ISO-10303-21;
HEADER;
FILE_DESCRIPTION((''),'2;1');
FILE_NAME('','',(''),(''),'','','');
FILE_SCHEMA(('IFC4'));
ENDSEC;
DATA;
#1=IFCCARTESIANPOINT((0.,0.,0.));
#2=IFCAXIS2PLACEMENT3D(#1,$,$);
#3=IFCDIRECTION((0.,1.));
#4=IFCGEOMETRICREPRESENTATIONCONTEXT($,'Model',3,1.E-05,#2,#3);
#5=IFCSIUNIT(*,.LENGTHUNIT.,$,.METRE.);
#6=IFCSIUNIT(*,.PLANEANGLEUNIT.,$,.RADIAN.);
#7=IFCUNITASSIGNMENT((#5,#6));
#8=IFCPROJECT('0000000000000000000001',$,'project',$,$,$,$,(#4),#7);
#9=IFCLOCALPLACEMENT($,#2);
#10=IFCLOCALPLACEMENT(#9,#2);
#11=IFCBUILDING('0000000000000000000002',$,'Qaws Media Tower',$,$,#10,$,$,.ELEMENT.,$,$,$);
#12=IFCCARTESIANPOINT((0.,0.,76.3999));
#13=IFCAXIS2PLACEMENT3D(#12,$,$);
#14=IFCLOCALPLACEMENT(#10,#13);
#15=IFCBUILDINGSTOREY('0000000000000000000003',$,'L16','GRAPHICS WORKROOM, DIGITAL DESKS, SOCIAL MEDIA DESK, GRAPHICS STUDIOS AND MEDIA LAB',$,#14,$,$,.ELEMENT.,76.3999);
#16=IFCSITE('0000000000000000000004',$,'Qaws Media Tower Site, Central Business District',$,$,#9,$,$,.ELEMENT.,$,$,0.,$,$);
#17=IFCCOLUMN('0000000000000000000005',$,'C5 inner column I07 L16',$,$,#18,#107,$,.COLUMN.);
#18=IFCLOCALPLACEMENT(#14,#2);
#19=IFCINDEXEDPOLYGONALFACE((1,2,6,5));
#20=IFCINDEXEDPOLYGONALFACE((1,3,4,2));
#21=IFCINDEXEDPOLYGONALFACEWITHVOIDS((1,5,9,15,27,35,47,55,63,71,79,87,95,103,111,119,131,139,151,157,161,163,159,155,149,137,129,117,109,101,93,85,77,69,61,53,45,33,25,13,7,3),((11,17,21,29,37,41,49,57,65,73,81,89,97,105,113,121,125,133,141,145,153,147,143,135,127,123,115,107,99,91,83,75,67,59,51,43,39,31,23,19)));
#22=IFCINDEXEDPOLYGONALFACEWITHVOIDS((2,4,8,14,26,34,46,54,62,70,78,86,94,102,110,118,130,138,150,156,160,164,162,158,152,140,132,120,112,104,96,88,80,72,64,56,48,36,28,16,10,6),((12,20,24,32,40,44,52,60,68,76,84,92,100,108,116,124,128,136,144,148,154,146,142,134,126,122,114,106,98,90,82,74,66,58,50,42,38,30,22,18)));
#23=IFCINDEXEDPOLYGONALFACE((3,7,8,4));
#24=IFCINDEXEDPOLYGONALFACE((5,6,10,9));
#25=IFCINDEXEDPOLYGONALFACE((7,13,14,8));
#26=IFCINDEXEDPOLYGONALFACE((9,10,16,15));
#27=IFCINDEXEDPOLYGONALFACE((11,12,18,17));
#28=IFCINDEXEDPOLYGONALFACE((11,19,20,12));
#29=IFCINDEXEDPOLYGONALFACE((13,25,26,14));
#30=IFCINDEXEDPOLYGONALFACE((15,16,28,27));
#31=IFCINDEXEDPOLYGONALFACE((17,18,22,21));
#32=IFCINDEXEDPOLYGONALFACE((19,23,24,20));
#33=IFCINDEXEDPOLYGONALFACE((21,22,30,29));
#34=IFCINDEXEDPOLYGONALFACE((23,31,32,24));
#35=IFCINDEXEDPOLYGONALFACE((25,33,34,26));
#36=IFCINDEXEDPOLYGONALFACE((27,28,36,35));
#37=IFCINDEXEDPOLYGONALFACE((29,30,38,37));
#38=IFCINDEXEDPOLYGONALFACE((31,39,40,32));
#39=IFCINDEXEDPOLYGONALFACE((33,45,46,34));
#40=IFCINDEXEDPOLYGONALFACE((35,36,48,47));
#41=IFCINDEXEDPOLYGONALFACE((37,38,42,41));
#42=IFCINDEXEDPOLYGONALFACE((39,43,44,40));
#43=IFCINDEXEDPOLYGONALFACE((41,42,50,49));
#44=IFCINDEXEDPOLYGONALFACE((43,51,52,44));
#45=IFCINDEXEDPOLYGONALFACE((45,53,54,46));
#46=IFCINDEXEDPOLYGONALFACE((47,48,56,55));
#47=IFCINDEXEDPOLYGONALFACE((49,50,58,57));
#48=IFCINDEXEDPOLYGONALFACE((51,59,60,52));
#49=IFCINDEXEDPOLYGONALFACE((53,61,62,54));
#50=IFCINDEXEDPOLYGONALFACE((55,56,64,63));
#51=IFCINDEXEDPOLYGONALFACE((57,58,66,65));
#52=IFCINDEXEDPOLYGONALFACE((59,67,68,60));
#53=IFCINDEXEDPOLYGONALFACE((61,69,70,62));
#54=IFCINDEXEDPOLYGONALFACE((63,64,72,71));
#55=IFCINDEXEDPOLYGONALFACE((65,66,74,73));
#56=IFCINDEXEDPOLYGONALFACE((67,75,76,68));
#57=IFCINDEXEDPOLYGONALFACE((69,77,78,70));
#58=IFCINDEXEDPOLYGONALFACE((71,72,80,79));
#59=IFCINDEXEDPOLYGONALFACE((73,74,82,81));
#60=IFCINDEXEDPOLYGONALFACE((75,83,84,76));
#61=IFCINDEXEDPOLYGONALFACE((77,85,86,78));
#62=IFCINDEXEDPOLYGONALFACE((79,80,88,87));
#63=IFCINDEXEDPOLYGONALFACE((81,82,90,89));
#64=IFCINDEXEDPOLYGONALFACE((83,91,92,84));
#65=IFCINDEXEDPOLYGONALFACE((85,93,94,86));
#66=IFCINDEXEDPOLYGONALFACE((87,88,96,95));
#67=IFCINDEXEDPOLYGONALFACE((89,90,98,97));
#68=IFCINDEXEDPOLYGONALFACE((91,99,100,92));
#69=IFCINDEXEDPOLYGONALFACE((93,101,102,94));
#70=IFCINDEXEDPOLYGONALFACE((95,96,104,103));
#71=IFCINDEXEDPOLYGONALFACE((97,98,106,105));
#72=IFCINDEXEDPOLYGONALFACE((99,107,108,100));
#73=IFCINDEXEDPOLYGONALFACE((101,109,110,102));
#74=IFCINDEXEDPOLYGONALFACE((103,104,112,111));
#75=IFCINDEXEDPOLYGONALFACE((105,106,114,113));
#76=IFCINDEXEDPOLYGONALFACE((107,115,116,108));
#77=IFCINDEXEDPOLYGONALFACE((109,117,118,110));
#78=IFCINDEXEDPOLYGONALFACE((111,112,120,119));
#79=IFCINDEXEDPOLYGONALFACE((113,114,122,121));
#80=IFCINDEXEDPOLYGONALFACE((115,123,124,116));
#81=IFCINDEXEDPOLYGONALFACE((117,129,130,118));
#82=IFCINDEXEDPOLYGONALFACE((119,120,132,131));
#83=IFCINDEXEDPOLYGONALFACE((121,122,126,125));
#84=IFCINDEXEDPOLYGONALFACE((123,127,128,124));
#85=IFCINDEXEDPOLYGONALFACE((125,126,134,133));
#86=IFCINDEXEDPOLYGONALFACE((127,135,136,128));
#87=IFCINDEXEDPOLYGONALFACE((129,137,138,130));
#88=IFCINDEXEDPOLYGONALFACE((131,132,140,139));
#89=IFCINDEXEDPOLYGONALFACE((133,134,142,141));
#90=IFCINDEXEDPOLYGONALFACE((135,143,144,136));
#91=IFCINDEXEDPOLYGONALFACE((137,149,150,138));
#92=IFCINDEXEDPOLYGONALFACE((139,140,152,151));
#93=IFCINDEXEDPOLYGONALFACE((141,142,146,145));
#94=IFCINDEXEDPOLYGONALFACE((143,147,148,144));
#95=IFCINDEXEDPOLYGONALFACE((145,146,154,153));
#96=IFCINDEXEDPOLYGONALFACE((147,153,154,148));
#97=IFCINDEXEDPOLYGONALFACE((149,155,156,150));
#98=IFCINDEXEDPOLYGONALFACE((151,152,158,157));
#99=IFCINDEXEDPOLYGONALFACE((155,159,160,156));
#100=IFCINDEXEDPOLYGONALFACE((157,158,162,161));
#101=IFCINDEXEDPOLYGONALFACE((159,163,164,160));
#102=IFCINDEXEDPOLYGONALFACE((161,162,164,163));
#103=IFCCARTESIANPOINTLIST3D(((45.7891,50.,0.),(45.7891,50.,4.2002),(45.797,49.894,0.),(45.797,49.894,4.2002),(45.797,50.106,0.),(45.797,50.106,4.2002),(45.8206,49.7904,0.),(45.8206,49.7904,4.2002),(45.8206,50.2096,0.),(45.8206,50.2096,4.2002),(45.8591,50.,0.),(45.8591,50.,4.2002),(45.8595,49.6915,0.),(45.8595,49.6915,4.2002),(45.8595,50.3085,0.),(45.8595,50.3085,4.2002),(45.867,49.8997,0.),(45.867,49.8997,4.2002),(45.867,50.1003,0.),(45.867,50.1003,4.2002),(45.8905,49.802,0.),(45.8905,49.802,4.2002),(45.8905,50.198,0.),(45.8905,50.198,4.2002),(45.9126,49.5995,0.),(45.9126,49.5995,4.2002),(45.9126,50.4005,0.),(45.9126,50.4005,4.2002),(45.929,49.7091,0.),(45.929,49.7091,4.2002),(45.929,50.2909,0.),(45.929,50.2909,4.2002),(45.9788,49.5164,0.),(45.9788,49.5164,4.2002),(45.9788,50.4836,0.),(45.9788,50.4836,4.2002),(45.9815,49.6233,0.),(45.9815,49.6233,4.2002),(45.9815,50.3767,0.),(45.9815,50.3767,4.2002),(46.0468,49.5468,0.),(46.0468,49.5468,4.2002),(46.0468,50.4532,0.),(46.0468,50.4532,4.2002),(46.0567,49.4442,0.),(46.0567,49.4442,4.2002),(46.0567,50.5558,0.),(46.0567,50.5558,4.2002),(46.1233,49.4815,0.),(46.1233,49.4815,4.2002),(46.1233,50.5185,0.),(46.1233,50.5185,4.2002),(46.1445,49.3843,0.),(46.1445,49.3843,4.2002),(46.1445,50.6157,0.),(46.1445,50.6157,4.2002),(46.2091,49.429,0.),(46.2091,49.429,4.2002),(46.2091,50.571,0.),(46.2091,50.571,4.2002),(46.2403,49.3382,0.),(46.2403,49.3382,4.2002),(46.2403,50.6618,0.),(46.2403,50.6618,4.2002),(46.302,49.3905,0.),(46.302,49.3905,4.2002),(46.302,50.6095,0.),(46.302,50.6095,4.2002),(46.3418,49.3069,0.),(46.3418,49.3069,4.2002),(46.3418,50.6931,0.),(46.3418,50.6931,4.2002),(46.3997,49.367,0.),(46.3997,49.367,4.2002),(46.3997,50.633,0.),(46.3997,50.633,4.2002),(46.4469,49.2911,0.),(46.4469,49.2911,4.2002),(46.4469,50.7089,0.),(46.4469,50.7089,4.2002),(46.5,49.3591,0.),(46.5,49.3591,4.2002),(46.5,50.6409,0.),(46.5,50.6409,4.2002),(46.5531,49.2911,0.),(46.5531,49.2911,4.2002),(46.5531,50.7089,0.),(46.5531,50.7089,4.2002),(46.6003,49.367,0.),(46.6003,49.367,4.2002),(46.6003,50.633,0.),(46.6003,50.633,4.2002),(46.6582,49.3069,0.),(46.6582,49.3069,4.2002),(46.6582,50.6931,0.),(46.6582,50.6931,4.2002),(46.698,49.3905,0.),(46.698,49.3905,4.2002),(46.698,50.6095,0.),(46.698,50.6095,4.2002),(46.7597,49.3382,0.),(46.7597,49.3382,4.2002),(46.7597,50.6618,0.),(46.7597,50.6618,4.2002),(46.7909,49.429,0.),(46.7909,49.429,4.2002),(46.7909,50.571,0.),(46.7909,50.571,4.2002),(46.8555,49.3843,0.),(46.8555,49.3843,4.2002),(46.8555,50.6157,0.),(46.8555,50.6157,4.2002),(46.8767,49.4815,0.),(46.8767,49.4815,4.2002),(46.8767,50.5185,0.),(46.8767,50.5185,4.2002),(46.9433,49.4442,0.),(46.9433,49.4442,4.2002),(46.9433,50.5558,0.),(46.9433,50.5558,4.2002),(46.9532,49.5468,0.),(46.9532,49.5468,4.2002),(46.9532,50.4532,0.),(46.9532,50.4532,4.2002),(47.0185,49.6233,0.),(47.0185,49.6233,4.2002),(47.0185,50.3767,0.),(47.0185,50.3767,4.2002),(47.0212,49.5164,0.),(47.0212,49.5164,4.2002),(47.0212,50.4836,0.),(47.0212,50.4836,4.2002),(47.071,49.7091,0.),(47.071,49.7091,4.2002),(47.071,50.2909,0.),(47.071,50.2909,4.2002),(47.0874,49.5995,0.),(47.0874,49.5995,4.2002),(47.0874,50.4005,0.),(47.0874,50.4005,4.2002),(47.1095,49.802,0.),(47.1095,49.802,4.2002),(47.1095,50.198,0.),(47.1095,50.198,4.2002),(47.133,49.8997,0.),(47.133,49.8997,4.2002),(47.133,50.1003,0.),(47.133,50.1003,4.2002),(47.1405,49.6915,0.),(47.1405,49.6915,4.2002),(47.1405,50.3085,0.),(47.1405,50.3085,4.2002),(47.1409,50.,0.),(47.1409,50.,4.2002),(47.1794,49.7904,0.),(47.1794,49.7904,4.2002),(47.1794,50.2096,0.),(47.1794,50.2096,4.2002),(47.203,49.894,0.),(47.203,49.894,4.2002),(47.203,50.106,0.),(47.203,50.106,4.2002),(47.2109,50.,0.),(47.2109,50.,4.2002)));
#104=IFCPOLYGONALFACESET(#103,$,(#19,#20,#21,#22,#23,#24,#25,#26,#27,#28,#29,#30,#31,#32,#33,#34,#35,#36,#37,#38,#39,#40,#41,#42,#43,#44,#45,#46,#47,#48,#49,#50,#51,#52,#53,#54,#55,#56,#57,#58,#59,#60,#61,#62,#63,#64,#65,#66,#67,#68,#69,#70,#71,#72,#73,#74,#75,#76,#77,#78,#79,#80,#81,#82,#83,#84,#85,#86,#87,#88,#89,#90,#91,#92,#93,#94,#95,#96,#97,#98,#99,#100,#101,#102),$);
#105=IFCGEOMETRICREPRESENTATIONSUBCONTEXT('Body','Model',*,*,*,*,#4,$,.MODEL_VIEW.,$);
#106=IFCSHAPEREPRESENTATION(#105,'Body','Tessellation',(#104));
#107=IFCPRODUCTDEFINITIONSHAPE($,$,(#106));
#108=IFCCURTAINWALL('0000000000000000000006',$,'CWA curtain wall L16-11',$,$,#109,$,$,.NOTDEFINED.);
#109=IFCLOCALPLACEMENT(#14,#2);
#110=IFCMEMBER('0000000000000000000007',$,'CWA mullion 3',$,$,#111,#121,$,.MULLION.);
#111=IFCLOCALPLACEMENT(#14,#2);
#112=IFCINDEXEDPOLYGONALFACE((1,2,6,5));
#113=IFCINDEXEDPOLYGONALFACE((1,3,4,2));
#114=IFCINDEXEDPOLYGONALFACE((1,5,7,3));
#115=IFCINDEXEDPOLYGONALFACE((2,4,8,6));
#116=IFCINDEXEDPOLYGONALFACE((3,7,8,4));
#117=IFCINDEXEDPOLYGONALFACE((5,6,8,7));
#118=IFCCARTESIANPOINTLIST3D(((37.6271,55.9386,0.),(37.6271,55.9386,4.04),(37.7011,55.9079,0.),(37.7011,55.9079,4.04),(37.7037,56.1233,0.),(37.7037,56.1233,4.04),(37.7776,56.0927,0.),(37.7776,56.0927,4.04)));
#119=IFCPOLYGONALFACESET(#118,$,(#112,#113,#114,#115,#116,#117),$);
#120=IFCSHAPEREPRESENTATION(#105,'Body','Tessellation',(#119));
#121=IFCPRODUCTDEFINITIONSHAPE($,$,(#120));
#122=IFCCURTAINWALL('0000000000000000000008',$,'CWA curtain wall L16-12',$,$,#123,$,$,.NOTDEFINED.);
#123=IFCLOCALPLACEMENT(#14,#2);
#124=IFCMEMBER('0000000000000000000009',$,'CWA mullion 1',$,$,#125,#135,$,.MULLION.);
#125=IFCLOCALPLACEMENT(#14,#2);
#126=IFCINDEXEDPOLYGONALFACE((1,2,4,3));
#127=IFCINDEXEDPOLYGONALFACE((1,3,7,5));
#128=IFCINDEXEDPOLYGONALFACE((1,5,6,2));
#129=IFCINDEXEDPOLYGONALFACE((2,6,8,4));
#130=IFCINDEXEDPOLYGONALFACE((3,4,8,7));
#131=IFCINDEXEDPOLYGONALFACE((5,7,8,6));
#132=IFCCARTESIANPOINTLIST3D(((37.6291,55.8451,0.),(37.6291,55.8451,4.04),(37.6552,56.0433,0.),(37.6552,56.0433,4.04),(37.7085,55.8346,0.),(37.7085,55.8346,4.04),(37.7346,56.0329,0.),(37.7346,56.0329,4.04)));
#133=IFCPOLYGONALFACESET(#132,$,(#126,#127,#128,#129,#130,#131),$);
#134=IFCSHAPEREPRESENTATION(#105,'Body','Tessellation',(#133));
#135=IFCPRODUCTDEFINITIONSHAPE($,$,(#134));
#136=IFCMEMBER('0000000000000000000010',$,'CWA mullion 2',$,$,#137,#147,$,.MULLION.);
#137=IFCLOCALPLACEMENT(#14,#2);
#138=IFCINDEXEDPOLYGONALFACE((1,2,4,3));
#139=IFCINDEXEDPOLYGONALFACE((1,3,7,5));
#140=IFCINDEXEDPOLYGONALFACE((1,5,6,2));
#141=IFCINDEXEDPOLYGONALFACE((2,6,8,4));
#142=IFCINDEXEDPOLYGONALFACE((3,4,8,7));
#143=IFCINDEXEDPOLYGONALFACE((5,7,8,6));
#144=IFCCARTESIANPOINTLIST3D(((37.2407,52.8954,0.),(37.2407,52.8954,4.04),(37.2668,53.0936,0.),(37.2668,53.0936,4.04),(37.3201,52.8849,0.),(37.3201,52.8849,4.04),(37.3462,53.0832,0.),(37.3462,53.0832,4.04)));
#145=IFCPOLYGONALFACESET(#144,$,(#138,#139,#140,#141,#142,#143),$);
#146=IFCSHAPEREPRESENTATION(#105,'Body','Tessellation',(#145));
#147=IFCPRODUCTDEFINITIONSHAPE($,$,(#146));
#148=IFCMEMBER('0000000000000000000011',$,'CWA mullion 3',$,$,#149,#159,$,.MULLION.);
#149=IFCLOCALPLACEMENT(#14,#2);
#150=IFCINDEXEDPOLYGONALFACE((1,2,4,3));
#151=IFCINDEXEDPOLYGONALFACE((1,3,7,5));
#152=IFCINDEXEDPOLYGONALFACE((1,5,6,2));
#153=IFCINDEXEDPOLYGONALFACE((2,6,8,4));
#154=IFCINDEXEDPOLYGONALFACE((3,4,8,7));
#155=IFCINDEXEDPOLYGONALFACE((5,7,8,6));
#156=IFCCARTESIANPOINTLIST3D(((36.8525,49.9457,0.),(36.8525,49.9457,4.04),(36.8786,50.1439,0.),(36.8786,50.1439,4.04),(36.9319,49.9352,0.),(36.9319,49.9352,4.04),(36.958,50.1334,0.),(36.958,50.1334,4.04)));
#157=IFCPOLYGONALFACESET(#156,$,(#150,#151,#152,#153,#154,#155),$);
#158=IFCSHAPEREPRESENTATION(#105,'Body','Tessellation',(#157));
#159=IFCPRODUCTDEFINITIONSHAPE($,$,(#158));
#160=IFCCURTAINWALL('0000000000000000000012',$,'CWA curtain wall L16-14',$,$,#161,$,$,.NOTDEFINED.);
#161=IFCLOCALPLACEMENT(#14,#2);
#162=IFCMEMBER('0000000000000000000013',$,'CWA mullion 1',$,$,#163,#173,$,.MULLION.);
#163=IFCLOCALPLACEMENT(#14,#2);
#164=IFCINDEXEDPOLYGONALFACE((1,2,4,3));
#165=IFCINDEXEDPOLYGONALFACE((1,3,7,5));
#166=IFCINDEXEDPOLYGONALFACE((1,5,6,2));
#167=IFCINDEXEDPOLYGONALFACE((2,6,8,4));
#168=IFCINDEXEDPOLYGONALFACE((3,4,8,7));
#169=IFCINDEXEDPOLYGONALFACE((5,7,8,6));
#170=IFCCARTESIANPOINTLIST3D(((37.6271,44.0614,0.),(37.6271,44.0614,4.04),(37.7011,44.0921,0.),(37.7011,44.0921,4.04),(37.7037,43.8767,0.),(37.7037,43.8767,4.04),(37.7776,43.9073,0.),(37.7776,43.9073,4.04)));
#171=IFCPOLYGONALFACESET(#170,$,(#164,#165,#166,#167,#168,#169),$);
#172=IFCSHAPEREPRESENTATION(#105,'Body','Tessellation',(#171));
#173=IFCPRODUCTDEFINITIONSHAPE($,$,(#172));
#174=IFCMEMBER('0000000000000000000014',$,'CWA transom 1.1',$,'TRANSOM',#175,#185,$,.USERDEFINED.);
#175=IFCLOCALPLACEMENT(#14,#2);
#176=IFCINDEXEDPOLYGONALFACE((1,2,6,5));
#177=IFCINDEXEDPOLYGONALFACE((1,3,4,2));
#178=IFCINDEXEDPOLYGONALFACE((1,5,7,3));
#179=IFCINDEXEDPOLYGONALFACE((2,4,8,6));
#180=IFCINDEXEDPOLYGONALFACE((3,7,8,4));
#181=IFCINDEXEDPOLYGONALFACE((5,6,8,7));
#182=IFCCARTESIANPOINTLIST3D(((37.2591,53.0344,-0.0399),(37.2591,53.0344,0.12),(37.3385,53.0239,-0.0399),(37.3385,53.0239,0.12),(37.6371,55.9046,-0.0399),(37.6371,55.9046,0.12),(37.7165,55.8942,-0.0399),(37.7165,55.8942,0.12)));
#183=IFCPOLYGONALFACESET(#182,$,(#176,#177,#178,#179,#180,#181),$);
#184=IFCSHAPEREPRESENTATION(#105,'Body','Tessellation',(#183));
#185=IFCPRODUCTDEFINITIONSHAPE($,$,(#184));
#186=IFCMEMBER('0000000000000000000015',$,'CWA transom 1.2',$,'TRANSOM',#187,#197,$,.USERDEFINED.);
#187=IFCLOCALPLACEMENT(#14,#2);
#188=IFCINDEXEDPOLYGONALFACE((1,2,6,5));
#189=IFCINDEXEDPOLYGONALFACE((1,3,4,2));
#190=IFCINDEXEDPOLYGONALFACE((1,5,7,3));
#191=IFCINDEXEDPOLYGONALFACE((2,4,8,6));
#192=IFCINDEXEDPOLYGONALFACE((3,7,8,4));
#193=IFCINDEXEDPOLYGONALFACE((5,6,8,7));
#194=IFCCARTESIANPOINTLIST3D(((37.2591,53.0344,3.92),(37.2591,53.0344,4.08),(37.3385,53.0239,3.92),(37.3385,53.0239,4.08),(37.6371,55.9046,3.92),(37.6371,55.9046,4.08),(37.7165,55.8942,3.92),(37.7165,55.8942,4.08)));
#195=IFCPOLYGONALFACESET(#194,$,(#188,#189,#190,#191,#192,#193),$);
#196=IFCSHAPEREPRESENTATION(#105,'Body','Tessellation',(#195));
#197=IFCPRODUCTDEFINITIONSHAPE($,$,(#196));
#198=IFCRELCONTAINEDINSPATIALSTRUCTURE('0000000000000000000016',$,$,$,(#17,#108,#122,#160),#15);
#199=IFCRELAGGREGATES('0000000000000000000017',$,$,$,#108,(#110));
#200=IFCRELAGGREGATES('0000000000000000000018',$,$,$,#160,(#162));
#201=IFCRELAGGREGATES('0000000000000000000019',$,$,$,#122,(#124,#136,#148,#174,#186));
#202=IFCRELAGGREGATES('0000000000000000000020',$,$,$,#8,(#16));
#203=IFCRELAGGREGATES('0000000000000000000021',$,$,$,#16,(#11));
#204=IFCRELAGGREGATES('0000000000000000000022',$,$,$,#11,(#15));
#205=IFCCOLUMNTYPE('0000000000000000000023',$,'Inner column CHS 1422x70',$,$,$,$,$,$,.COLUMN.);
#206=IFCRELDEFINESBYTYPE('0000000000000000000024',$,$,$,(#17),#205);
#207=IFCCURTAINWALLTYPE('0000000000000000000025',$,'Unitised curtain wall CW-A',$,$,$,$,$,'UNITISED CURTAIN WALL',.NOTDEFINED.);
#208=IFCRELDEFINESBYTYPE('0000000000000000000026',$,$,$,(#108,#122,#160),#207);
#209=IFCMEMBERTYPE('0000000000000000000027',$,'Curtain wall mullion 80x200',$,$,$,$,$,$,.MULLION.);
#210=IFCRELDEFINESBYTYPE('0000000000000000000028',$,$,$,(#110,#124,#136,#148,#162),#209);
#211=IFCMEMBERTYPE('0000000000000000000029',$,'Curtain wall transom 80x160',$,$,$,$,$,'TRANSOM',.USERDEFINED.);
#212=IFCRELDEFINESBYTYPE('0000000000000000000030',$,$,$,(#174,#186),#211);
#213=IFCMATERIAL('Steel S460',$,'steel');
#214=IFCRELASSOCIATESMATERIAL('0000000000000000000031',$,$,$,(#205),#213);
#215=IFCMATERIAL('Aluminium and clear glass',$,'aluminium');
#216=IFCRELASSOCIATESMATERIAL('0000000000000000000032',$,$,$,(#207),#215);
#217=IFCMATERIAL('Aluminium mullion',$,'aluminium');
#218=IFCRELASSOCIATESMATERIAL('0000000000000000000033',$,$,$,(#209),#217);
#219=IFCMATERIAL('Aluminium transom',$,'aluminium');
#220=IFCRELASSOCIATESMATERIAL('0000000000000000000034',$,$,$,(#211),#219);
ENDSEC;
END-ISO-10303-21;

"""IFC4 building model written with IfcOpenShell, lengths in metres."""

from ifc_helpers import new_model, si_unit, direction, frame, origin, origin_2d, place, context, subcontext, project, spatial, rectangle, hollow_circle, extrude, material, material_profile, profile_set, type_object, element, aggregate, save


model = new_model("IFC4")

# Units and contexts
model_context = context("Model", 3, precision=1e-05, world=origin(), true_north=direction((0.0, 1.0)))
body_context = subcontext(model_context, "Body", "Model", "MODEL_VIEW")
ifc_project = project(units=[si_unit("LENGTHUNIT", "METRE"), si_unit("PLANEANGLEUNIT", "RADIAN")], contexts=[model_context])

# Site, building, storey
site_placement = place(None, origin())
site = spatial("IfcSite", under=ifc_project, at=site_placement, Name="Qaws Media Tower Site, Central Business District", CompositionType="ELEMENT", RefElevation=0.0)
building_placement = place(site_placement, origin())
building = spatial("IfcBuilding", under=site, at=building_placement, Name="Qaws Media Tower", CompositionType="ELEMENT")
storey_placement = place(building_placement, frame((0.0, 0.0, 76.3999)))
storey = spatial("IfcBuildingStorey", under=building, at=storey_placement, Name="L16", Description="GRAPHICS WORKROOM, DIGITAL DESKS, SOCIAL MEDIA DESK, GRAPHICS STUDIOS AND MEDIA LAB", CompositionType="ELEMENT", Elevation=76.3999)

# Column
ifc_material_1 = material(Name="Steel S460", Category="steel")
ifc_material_profile_1 = material_profile(ifc_material_1, hollow_circle(Radius=0.7109, WallThickness=0.0701, at=origin_2d()), Name="CHS 1422x70")
ifc_profile_set_1 = profile_set([ifc_material_profile_1], Name="Steel S460")
column_type = type_object("IfcColumnType", Name="Inner column CHS 1422x70", PredefinedType="COLUMN", material=ifc_profile_set_1)
column_placement = place(storey_placement, frame((46.5, 50.0, 0.0), z_axis=(0.0, 0.0, 1.0), x_axis=(1.0, 0.0, 0.0)))
element("IfcColumn", 1, at=column_placement, inside=storey, type_object=column_type, Name="C5 inner column I07 L16", PredefinedType="COLUMN", context=body_context, shape_type="SweptSolid", body=[
    extrude(hollow_circle(Radius=0.7109, WallThickness=0.0701, at=origin_2d()), origin(), (0.0, 0.0, 1.0), 4.2002),
])

# Curtain wall, member
ifc_material_2 = material(Name="Aluminium and clear glass", Category="aluminium")
curtain_wall_type = type_object("IfcCurtainWallType", Name="Unitised curtain wall CW-A", ElementType="UNITISED CURTAIN WALL", PredefinedType="NOTDEFINED", material=ifc_material_2)
curtain_wall_1_placement = place(storey_placement, origin())
curtain_wall_1 = element("IfcCurtainWall", 2, at=curtain_wall_1_placement, inside=storey, type_object=curtain_wall_type, Name="CWA curtain wall L16-11", PredefinedType="NOTDEFINED")
ifc_material_3 = material(Name="Aluminium mullion", Category="aluminium")
ifc_material_profile_2 = material_profile(ifc_material_3, rectangle(XDim=0.0801, YDim=0.2, at=origin_2d()), Name="80x200")
ifc_profile_set_2 = profile_set([ifc_material_profile_2], Name="Aluminium mullion")
member_type_1 = type_object("IfcMemberType", Name="Curtain wall mullion 80x200", PredefinedType="MULLION", material=ifc_profile_set_2)
member_1_placement = place(storey_placement, frame((37.7024, 56.0156, 0.0), z_axis=(0.0, 0.0, 1.0), x_axis=(0.92388, -0.382683, 0.0)))
member_1 = element("IfcMember", 3, at=member_1_placement, type_object=member_type_1, Name="CWA mullion 3", PredefinedType="MULLION", context=body_context, shape_type="SweptSolid", body=[
    extrude(rectangle(XDim=0.0801, YDim=0.2, at=origin_2d()), origin(), (0.0, 0.0, 1.0), 4.04),
])
aggregate(curtain_wall_1, [member_1])

# Curtain wall, members
curtain_wall_2_placement = place(storey_placement, origin())
curtain_wall_2 = element("IfcCurtainWall", 4, at=curtain_wall_2_placement, inside=storey, type_object=curtain_wall_type, Name="CWA curtain wall L16-12", PredefinedType="NOTDEFINED")
member_2_placement = place(storey_placement, frame((37.6819, 55.939, 0.0), z_axis=(0.0, 0.0, 1.0), x_axis=(0.991445, -0.130526, 0.0)))
member_2 = element("IfcMember", 5, at=member_2_placement, type_object=member_type_1, Name="CWA mullion 1", PredefinedType="MULLION", context=body_context, shape_type="SweptSolid", body=[
    extrude(rectangle(XDim=0.0801, YDim=0.2, at=origin_2d()), origin(), (0.0, 0.0, 1.0), 4.04),
])
member_3_placement = place(storey_placement, frame((37.2935, 52.9893, 0.0), z_axis=(0.0, 0.0, 1.0), x_axis=(0.991445, -0.130526, 0.0)))
member_3 = element("IfcMember", 6, at=member_3_placement, type_object=member_type_1, Name="CWA mullion 2", PredefinedType="MULLION", context=body_context, shape_type="SweptSolid", body=[
    extrude(rectangle(XDim=0.0801, YDim=0.2, at=origin_2d()), origin(), (0.0, 0.0, 1.0), 4.04),
])
member_4_placement = place(storey_placement, frame((36.9053, 50.0396, 0.0), z_axis=(0.0, 0.0, 1.0), x_axis=(0.991445, -0.130526, 0.0)))
member_4 = element("IfcMember", 7, at=member_4_placement, type_object=member_type_1, Name="CWA mullion 3", PredefinedType="MULLION", context=body_context, shape_type="SweptSolid", body=[
    extrude(rectangle(XDim=0.0801, YDim=0.2, at=origin_2d()), origin(), (0.0, 0.0, 1.0), 4.04),
])

# Curtain wall, member
curtain_wall_3_placement = place(storey_placement, origin())
curtain_wall_3 = element("IfcCurtainWall", 8, at=curtain_wall_3_placement, inside=storey, type_object=curtain_wall_type, Name="CWA curtain wall L16-14", PredefinedType="NOTDEFINED")
member_5_placement = place(storey_placement, frame((37.7024, 43.9844, 0.0), z_axis=(0.0, 0.0, 1.0), x_axis=(0.92388, 0.382683, 0.0)))
member_5 = element("IfcMember", 9, at=member_5_placement, type_object=member_type_1, Name="CWA mullion 1", PredefinedType="MULLION", context=body_context, shape_type="SweptSolid", body=[
    extrude(rectangle(XDim=0.0801, YDim=0.2, at=origin_2d()), origin(), (0.0, 0.0, 1.0), 4.04),
])

# Members
ifc_material_4 = material(Name="Aluminium transom", Category="aluminium")
ifc_material_profile_3 = material_profile(ifc_material_4, rectangle(XDim=0.0801, YDim=0.1599, at=origin_2d()), Name="80x160")
ifc_profile_set_3 = profile_set([ifc_material_profile_3], Name="Aluminium transom")
member_type_2 = type_object("IfcMemberType", Name="Curtain wall transom 80x160", ElementType="TRANSOM", PredefinedType="USERDEFINED", material=ifc_profile_set_3)
member_6_placement = place(storey_placement, frame((37.6768, 55.8994, 0.04), z_axis=(-0.13054, -0.991443, 0.0), x_axis=(0.991443, -0.13054, 0.0)))
member_6 = element("IfcMember", 10, at=member_6_placement, type_object=member_type_2, Name="CWA transom 1.1", ObjectType="TRANSOM", PredefinedType="USERDEFINED", context=body_context, shape_type="SweptSolid", body=[
    extrude(rectangle(XDim=0.0801, YDim=0.1599, at=origin_2d()), origin(), (0.0, 0.0, 1.0), 2.895),
])
member_7_placement = place(storey_placement, frame((37.6768, 55.8994, 4.0), z_axis=(-0.13054, -0.991443, 0.0), x_axis=(0.991443, -0.13054, 0.0)))
member_7 = element("IfcMember", 11, at=member_7_placement, type_object=member_type_2, Name="CWA transom 1.2", ObjectType="TRANSOM", PredefinedType="USERDEFINED", context=body_context, shape_type="SweptSolid", body=[
    extrude(rectangle(XDim=0.0801, YDim=0.1599, at=origin_2d()), origin(), (0.0, 0.0, 1.0), 2.895),
])
aggregate(curtain_wall_3, [member_5])

aggregate(curtain_wall_2, [member_2, member_3, member_4, member_6, member_7])

save(model, "model.ifc")
